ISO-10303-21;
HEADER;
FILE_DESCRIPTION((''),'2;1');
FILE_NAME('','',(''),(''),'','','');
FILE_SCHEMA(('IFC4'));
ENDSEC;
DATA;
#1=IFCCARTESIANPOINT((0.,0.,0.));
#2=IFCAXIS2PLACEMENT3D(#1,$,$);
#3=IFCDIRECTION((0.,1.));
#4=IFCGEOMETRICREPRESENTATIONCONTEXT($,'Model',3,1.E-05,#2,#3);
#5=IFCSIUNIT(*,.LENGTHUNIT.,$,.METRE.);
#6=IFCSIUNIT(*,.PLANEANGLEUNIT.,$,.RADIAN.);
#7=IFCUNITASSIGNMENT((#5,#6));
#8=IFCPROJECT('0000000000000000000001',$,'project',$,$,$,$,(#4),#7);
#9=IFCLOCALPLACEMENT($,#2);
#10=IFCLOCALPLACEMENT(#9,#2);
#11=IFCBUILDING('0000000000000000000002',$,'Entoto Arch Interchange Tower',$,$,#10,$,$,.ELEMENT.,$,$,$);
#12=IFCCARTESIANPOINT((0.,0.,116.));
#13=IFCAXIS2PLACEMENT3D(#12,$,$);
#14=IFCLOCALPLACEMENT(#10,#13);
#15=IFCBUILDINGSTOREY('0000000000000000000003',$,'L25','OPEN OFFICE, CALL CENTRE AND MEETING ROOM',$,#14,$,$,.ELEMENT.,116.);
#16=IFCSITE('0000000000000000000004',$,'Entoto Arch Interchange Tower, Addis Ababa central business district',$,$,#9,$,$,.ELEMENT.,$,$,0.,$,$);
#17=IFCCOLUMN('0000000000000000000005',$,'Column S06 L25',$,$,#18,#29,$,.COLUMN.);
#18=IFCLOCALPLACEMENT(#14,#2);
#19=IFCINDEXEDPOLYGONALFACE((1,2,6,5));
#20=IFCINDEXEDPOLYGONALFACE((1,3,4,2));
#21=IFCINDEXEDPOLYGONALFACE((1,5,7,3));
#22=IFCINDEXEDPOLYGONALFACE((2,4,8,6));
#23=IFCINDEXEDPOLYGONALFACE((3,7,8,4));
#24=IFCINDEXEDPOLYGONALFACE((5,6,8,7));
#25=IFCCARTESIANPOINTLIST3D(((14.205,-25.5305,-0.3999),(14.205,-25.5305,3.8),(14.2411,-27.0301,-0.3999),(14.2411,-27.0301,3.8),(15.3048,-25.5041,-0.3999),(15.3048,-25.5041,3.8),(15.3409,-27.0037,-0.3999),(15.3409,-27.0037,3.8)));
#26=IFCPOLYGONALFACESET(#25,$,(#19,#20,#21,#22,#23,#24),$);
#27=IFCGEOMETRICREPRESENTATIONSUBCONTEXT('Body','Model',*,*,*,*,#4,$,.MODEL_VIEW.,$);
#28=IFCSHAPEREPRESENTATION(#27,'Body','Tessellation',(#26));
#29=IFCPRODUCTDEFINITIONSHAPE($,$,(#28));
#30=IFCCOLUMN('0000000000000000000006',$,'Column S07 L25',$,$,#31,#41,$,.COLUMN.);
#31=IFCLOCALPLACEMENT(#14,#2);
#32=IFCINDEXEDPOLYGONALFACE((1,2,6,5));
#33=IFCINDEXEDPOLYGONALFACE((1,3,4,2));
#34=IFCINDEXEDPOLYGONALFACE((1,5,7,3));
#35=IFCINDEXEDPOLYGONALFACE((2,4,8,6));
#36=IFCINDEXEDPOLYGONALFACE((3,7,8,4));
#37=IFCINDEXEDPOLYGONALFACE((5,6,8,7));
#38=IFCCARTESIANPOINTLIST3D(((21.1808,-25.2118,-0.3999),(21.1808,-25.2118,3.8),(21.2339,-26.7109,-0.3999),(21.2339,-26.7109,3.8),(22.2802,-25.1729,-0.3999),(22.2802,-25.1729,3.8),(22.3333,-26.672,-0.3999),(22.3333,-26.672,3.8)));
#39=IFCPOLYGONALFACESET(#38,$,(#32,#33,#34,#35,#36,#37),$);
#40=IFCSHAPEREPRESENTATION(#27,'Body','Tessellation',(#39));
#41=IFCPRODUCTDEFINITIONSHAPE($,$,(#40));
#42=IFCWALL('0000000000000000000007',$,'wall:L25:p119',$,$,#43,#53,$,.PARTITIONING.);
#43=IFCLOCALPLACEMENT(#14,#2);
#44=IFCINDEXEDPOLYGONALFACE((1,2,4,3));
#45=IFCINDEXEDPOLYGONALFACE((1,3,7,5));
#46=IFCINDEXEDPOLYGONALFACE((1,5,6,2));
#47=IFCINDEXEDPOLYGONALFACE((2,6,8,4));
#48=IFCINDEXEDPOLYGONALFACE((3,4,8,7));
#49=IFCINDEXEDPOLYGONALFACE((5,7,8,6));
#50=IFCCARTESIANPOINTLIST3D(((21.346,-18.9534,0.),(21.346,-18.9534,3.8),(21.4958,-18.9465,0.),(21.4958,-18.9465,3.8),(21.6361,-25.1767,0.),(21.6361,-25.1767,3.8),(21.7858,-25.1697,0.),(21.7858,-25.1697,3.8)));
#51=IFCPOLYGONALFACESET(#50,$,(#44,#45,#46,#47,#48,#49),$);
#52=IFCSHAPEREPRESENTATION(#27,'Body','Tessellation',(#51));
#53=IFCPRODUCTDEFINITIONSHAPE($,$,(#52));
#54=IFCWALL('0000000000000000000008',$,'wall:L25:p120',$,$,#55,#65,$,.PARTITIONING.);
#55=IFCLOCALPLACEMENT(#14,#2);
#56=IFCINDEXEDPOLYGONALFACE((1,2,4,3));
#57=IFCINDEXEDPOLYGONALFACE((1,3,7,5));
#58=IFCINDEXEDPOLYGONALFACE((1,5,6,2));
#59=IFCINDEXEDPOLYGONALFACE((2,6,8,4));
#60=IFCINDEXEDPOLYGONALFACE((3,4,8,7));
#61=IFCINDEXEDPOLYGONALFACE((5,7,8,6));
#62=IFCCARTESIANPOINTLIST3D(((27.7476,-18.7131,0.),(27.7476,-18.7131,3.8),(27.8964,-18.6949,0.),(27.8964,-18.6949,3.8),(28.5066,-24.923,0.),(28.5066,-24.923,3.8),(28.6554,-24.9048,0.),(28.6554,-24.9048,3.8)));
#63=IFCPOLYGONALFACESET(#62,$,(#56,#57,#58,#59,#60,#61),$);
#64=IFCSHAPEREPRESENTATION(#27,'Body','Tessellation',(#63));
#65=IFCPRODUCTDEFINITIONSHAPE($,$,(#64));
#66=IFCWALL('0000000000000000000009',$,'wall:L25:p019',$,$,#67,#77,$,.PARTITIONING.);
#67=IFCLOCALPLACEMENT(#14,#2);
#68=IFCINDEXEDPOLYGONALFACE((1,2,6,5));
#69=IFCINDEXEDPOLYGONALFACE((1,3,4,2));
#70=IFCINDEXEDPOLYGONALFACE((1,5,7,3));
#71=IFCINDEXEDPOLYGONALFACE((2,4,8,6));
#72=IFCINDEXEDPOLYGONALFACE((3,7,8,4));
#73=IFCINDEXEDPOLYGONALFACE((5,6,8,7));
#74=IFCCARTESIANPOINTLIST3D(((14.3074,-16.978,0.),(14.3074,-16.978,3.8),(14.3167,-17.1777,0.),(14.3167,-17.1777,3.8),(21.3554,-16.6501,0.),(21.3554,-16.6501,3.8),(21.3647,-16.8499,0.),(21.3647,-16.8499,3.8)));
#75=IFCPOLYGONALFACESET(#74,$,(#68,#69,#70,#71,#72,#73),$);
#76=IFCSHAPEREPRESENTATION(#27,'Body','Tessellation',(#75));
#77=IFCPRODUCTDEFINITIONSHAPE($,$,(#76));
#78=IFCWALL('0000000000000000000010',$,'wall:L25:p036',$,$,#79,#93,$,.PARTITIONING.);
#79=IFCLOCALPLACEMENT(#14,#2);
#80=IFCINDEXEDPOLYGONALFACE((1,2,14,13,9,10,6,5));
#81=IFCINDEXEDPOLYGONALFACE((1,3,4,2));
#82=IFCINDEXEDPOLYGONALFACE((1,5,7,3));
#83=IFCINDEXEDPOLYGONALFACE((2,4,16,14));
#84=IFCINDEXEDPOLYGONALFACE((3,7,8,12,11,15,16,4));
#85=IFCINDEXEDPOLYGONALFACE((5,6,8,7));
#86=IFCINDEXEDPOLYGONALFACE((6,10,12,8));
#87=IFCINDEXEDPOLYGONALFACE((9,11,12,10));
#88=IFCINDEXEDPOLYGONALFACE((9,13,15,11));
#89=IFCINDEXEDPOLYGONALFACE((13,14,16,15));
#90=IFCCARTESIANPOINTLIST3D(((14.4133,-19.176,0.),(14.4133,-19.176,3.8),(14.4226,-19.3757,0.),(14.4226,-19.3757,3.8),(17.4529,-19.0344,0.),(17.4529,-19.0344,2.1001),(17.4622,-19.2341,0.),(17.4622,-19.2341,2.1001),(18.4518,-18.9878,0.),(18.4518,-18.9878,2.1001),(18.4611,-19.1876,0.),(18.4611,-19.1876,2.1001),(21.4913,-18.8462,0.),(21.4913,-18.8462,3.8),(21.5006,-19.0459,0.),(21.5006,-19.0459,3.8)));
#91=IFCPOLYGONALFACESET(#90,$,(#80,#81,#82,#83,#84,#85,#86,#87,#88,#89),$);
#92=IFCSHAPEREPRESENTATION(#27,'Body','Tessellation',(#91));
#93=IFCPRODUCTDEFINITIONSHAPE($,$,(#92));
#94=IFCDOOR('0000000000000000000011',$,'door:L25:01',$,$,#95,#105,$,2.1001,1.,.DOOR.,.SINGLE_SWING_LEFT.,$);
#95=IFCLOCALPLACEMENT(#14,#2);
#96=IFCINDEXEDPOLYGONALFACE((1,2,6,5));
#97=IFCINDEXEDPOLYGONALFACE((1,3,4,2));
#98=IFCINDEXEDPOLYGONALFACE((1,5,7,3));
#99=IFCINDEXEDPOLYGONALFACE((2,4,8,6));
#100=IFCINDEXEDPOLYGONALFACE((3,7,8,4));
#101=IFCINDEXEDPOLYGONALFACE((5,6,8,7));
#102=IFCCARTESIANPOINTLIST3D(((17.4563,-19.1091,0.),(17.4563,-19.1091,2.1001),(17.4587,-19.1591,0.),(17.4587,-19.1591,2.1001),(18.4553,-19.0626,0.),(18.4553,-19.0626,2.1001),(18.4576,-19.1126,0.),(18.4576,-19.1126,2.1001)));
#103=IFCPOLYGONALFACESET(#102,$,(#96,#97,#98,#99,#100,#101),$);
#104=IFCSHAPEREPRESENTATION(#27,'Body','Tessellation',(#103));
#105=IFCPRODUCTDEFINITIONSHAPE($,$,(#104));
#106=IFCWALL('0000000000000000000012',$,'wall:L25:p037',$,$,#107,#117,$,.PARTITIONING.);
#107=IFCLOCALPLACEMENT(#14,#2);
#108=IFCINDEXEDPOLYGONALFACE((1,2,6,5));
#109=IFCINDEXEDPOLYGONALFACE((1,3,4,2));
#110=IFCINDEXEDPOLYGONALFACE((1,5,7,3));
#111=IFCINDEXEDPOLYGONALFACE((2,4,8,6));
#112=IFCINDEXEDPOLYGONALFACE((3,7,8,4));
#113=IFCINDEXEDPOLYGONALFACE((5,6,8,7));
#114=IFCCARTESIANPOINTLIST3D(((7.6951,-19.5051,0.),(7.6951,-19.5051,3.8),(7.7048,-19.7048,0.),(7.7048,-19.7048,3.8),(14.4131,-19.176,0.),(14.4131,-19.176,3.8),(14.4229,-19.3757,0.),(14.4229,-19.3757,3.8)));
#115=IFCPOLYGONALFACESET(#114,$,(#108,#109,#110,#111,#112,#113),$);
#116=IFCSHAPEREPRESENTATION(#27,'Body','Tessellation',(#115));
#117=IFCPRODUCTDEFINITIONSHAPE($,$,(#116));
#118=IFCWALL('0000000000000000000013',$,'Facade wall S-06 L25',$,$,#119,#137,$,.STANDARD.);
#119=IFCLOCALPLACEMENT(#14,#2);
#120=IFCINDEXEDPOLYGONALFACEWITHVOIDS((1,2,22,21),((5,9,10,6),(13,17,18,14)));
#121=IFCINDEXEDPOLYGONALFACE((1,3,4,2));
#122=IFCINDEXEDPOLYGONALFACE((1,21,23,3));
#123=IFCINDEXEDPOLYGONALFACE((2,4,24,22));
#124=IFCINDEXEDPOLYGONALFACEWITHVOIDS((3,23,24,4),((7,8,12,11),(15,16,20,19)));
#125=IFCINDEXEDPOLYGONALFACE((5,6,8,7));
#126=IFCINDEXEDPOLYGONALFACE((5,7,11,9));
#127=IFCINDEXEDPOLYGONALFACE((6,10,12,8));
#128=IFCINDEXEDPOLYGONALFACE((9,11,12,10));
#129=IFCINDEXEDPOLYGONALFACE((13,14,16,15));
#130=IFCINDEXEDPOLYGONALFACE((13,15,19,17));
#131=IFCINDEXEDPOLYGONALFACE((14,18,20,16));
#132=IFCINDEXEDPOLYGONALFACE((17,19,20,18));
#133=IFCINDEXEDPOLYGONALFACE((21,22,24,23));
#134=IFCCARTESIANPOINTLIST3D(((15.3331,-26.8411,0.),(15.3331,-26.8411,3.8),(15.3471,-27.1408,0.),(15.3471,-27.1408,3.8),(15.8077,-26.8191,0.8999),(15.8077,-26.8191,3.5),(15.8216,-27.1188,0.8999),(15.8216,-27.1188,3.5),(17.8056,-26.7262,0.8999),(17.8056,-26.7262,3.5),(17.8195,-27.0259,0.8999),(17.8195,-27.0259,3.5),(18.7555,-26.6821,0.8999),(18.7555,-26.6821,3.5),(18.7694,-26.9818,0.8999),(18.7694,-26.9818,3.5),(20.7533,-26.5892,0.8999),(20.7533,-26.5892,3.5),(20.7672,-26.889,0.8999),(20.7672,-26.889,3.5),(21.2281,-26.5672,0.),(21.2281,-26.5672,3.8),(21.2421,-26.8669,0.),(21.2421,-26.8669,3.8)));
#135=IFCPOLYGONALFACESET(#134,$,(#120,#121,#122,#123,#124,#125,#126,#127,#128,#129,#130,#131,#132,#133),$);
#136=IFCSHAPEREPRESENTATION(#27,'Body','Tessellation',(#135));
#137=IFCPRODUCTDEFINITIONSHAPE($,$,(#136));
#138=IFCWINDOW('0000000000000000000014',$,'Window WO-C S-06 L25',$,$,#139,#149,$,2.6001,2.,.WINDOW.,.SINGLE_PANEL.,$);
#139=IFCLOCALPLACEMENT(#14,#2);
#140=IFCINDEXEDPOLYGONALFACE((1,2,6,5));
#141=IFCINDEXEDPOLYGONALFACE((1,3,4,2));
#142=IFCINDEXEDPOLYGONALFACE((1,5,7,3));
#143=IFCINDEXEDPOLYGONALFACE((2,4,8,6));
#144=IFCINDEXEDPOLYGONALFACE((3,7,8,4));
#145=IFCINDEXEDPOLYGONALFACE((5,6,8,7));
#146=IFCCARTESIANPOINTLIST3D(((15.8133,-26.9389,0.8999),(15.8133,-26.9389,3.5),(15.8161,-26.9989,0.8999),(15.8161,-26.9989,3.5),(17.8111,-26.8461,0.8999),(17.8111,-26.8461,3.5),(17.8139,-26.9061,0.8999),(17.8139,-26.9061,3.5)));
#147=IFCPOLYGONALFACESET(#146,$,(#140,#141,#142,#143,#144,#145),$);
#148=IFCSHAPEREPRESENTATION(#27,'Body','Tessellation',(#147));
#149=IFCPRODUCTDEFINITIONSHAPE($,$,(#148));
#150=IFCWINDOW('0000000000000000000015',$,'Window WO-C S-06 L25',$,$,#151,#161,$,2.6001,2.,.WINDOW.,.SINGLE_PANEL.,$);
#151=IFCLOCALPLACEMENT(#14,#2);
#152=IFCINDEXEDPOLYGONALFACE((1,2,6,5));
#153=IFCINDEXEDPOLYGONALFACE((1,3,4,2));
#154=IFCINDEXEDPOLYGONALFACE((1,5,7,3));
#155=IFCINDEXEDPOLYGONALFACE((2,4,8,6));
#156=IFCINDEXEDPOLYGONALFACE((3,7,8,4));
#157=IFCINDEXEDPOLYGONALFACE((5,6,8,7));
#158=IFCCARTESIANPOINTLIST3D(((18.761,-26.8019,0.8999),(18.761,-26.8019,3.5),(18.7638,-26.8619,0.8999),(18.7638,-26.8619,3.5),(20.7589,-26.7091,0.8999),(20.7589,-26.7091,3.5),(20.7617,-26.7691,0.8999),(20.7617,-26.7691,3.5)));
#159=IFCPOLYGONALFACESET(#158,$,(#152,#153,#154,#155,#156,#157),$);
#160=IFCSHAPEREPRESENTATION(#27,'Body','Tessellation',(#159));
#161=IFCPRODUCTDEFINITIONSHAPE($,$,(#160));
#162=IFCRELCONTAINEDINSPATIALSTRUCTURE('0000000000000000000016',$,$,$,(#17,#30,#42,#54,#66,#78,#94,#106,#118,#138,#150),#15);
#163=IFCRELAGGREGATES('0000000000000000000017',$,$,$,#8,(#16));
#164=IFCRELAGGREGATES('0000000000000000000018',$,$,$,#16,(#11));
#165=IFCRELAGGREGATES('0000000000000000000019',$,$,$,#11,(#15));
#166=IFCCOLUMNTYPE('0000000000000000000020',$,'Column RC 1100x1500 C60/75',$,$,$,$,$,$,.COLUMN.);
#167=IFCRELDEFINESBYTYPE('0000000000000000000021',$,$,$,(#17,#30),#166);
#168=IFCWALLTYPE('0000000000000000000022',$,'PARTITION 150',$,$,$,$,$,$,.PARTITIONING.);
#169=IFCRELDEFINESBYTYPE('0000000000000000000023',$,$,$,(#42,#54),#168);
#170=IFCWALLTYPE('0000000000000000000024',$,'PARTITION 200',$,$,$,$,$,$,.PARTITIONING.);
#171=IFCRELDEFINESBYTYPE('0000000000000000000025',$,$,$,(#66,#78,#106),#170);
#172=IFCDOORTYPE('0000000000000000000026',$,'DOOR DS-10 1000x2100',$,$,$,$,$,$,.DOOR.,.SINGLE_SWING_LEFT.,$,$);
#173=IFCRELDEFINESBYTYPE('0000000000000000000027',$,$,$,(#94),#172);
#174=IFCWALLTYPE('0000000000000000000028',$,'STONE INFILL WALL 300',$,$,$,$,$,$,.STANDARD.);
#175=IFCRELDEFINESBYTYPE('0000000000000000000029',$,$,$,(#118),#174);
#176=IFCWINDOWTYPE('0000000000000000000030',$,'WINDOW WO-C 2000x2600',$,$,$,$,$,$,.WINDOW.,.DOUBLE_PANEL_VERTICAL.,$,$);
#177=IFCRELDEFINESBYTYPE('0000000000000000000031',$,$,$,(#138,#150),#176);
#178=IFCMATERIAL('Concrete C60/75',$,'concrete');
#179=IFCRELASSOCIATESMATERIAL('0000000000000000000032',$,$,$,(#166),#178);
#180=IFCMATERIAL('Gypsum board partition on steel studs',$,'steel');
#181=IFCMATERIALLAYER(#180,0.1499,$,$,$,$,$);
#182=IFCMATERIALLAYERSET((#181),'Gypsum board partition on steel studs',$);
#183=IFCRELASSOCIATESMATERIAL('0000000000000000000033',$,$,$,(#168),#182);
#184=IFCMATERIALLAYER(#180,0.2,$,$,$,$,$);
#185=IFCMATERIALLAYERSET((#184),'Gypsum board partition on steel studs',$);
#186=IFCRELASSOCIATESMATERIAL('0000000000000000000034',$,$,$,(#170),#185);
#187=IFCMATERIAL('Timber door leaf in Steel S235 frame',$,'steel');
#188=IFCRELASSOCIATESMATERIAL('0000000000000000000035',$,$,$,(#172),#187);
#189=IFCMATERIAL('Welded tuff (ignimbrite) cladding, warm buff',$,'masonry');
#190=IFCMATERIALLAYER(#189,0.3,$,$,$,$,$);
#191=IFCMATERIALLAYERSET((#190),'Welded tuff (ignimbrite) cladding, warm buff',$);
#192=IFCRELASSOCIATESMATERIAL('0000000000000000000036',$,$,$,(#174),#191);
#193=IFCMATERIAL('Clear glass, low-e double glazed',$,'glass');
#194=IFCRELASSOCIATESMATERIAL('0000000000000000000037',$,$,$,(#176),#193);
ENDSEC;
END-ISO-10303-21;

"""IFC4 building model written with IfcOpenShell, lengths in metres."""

from ifc_helpers import new_model, si_unit, direction, frame, frame_2d, origin, origin_2d, place, context, subcontext, project, spatial, rectangle, extrude, material, layer, layer_set, material_profile, profile_set, type_object, element, fill, save


model = new_model("IFC4")

# Units and contexts
model_context = context("Model", 3, precision=1e-05, world=origin(), true_north=direction((0.0, 1.0)))
body_context = subcontext(model_context, "Body", "Model", "MODEL_VIEW")
ifc_project = project(units=[si_unit("LENGTHUNIT", "METRE"), si_unit("PLANEANGLEUNIT", "RADIAN")], contexts=[model_context])

# Site, building, storey
site_placement = place(None, origin())
site = spatial("IfcSite", under=ifc_project, at=site_placement, Name="Entoto Arch Interchange Tower, Addis Ababa central business district", CompositionType="ELEMENT", RefElevation=0.0)
building_placement = place(site_placement, origin())
building = spatial("IfcBuilding", under=site, at=building_placement, Name="Entoto Arch Interchange Tower", CompositionType="ELEMENT")
storey_placement = place(building_placement, frame((0.0, 0.0, 116.0)))
storey = spatial("IfcBuildingStorey", under=building, at=storey_placement, Name="L25", Description="OPEN OFFICE, CALL CENTRE AND MEETING ROOM", CompositionType="ELEMENT", Elevation=116.0)

# Columns
ifc_material_1 = material(Name="Concrete C60/75", Category="concrete")
ifc_material_profile_1 = material_profile(ifc_material_1, rectangle(XDim=1.1001, YDim=1.5, at=origin_2d()))
ifc_profile_set_1 = profile_set([ifc_material_profile_1], Name="Concrete C60/75")
column_type = type_object("IfcColumnType", Name="Column RC 1100x1500 C60/75", PredefinedType="COLUMN", material=ifc_profile_set_1)
for number, where, z_axis, x_axis, name in (
    (1, (14.7729, -26.2671, -0.3999), (0.0, 0.0, 1.0), (0.999711, 0.024031, 0.0), "Column S06 L25"),
    (2, (21.7571, -25.9419, -0.3999), (0.0, 0.0, 1.0), (0.999374, 0.035388, 0.0), "Column S07 L25"),
):
    element("IfcColumn", number, at=place(storey_placement, frame(where, z_axis=z_axis, x_axis=x_axis)), inside=storey, type_object=column_type, Name=name, PredefinedType="COLUMN", context=body_context, shape_type="SweptSolid", body=[
        extrude(rectangle(XDim=1.1001, YDim=1.5, at=origin_2d()), origin(), (0.0, 0.0, 1.0), 4.2),
    ])

# Walls
ifc_material_2 = material(Name="Gypsum board partition on steel studs", Category="steel")
ifc_layer_1 = layer(ifc_material_2, 0.1499)
ifc_layer_set_1 = layer_set([ifc_layer_1], Name="Gypsum board partition on steel studs")
wall_type_1 = type_object("IfcWallType", Name="PARTITION 150", PredefinedType="PARTITIONING", material=ifc_layer_set_1)
wall_1_placement = place(storey_placement, frame((21.4209, -18.95, 0.0), z_axis=(0.0, 0.0, 1.0), x_axis=(0.046556, -0.998916, 0.0)))
element("IfcWall", 3, at=wall_1_placement, inside=storey, type_object=wall_type_1, Name="wall:L25:p119", PredefinedType="PARTITIONING", context=body_context, shape_type="SweptSolid", body=[
    extrude(rectangle(XDim=6.23, YDim=0.1499, at=frame_2d((3.115, 0.0))), origin(), (0.0, 0.0, 1.0), 3.8),
])
wall_2_placement = place(storey_placement, frame((27.822, -18.7041, 0.0), z_axis=(0.0, 0.0, 1.0), x_axis=(0.121325, -0.992613, 0.0)))
element("IfcWall", 4, at=wall_2_placement, inside=storey, type_object=wall_type_1, Name="wall:L25:p120", PredefinedType="PARTITIONING", context=body_context, shape_type="SweptSolid", body=[
    extrude(rectangle(XDim=6.2561, YDim=0.1499, at=frame_2d((3.1279, 0.0))), origin(), (0.0, 0.0, 1.0), 3.8),
])
ifc_layer_2 = layer(ifc_material_2, 0.2)
ifc_layer_set_2 = layer_set([ifc_layer_2], Name="Gypsum board partition on steel studs")
wall_type_2 = type_object("IfcWallType", Name="PARTITION 200", PredefinedType="PARTITIONING", material=ifc_layer_set_2)
wall_3_placement = place(storey_placement, frame((14.312, -17.0779, 0.0), z_axis=(0.0, 0.0, 1.0), x_axis=(0.99892, 0.04647, 0.0)))
element("IfcWall", 5, at=wall_3_placement, inside=storey, type_object=wall_type_2, Name="wall:L25:p019", PredefinedType="PARTITIONING", context=body_context, shape_type="SweptSolid", body=[
    extrude(rectangle(XDim=7.0557, YDim=0.2, at=frame_2d((3.5278, 0.0))), origin(), (0.0, 0.0, 1.0), 3.8),
])

# Wall, opening, door
wall_4_placement = place(storey_placement, frame((21.4961, -18.946, 0.0), z_axis=(0.0, 0.0, 1.0), x_axis=(-0.998916, -0.046549, 0.0)))
wall_4 = element("IfcWall", 6, at=wall_4_placement, inside=storey, type_object=wall_type_2, Name="wall:L25:p036", PredefinedType="PARTITIONING", context=body_context, shape_type="SweptSolid", body=[
    extrude(rectangle(XDim=7.0857, YDim=0.2, at=frame_2d((3.543, 0.0))), origin(), (0.0, 0.0, 1.0), 3.8),
])
opening_1_placement = place(wall_4_placement, frame((3.043, 0.0, 0.0)))
opening_1 = element("IfcOpeningElement", 7, at=opening_1_placement, cuts=wall_4, PredefinedType="OPENING", context=body_context, shape_type="SweptSolid", body=[
    extrude(rectangle(XDim=1.0, YDim=2.1001, at=frame_2d((0.5, 1.05))), frame((0.0, 0.1099, 0.0), z_axis=(0.0, -1.0, 0.0), x_axis=(1.0, 0.0, 0.0)), (0.0, 0.0, 1.0), 0.22),
])
ifc_material_3 = material(Name="Timber door leaf in Steel S235 frame", Category="steel")
door_type = type_object("IfcDoorType", Name="DOOR DS-10 1000x2100", OperationType="SINGLE_SWING_LEFT", PredefinedType="DOOR", material=ifc_material_3)
door_placement = place(opening_1_placement, origin())
door = element("IfcDoor", 8, at=door_placement, inside=storey, type_object=door_type, Name="door:L25:01", OperationType="SINGLE_SWING_LEFT", OverallHeight=2.1001, OverallWidth=1.0, PredefinedType="DOOR", context=body_context, shape_type="SweptSolid", body=[
    extrude(rectangle(XDim=1.0, YDim=2.1001, at=frame_2d((0.5, 1.05))), frame((0.0, 0.0249, 0.0), z_axis=(0.0, -1.0, 0.0), x_axis=(1.0, 0.0, 0.0)), (0.0, 0.0, 1.0), 0.05),
])
fill(opening_1, door)

# Wall
wall_5_placement = place(storey_placement, frame((14.418, -19.2759, 0.0), z_axis=(0.0, 0.0, 1.0), x_axis=(-0.998802, -0.048929, 0.0)))
element("IfcWall", 9, at=wall_5_placement, inside=storey, type_object=wall_type_2, Name="wall:L25:p037", PredefinedType="PARTITIONING", context=body_context, shape_type="SweptSolid", body=[
    extrude(rectangle(XDim=6.7261, YDim=0.2, at=frame_2d((3.363, 0.0))), origin(), (0.0, 0.0, 1.0), 3.8),
])

# Wall, openings, windows
ifc_material_4 = material(Name="Welded tuff (ignimbrite) cladding, warm buff", Category="masonry")
ifc_layer_3 = layer(ifc_material_4, 0.3)
ifc_layer_set_3 = layer_set([ifc_layer_3], Name="Welded tuff (ignimbrite) cladding, warm buff")
wall_type_3 = type_object("IfcWallType", Name="STONE INFILL WALL 300", PredefinedType="STANDARD", material=ifc_layer_set_3)
wall_6_placement = place(storey_placement, frame((15.3401, -26.991, 0.0), z_axis=(0.0, 0.0, 1.0), x_axis=(0.998922, 0.046417, 0.0)))
wall_6 = element("IfcWall", 10, at=wall_6_placement, inside=storey, type_object=wall_type_3, Name="Facade wall S-06 L25", PredefinedType="STANDARD", context=body_context, shape_type="SweptSolid", body=[
    extrude(rectangle(XDim=5.9014, YDim=0.3, at=frame_2d((2.9507, 0.0))), origin(), (0.0, 0.0, 1.0), 3.8),
])
opening_2_placement = place(wall_6_placement, frame((0.4751, 0.0, 0.8999)))
opening_2 = element("IfcOpeningElement", 11, at=opening_2_placement, cuts=wall_6, PredefinedType="OPENING", context=body_context, shape_type="SweptSolid", body=[
    extrude(rectangle(XDim=2.0, YDim=2.6001, at=frame_2d((1.0, 1.3))), frame((0.0, 0.1602, 0.0), z_axis=(0.0, -1.0, 0.0), x_axis=(1.0, 0.0, 0.0)), (0.0, 0.0, 1.0), 0.3201),
])
opening_3_placement = place(wall_6_placement, frame((3.426, 0.0, 0.8999)))
opening_3 = element("IfcOpeningElement", 12, at=opening_3_placement, cuts=wall_6, PredefinedType="OPENING", context=body_context, shape_type="SweptSolid", body=[
    extrude(rectangle(XDim=2.0, YDim=2.6001, at=frame_2d((1.0, 1.3))), frame((0.0, 0.1602, 0.0), z_axis=(0.0, -1.0, 0.0), x_axis=(1.0, 0.0, 0.0)), (0.0, 0.0, 1.0), 0.3201),
])
ifc_material_5 = material(Name="Clear glass, low-e double glazed", Category="glass")
window_type = type_object("IfcWindowType", Name="WINDOW WO-C 2000x2600", PartitioningType="DOUBLE_PANEL_VERTICAL", PredefinedType="WINDOW", material=ifc_material_5)
window_1_placement = place(opening_2_placement, origin())
window_1 = element("IfcWindow", 13, at=window_1_placement, inside=storey, type_object=window_type, Name="Window WO-C S-06 L25", OverallHeight=2.6001, OverallWidth=2.0, PartitioningType="SINGLE_PANEL", PredefinedType="WINDOW", context=body_context, shape_type="SweptSolid", body=[
    extrude(rectangle(XDim=2.0, YDim=2.6001, at=frame_2d((1.0, 1.3))), frame((0.0, 0.03, 0.0), z_axis=(0.0, -1.0, 0.0), x_axis=(1.0, 0.0, 0.0)), (0.0, 0.0, 1.0), 0.0601),
])
fill(opening_2, window_1)
window_2_placement = place(opening_3_placement, origin())
window_2 = element("IfcWindow", 14, at=window_2_placement, inside=storey, type_object=window_type, Name="Window WO-C S-06 L25", OverallHeight=2.6001, OverallWidth=2.0, PartitioningType="SINGLE_PANEL", PredefinedType="WINDOW", context=body_context, shape_type="SweptSolid", body=[
    extrude(rectangle(XDim=2.0, YDim=2.6001, at=frame_2d((1.0, 1.3))), frame((0.0, 0.03, 0.0), z_axis=(0.0, -1.0, 0.0), x_axis=(1.0, 0.0, 0.0)), (0.0, 0.0, 1.0), 0.0601),
])
fill(opening_3, window_2)

save(model, "model.ifc")
